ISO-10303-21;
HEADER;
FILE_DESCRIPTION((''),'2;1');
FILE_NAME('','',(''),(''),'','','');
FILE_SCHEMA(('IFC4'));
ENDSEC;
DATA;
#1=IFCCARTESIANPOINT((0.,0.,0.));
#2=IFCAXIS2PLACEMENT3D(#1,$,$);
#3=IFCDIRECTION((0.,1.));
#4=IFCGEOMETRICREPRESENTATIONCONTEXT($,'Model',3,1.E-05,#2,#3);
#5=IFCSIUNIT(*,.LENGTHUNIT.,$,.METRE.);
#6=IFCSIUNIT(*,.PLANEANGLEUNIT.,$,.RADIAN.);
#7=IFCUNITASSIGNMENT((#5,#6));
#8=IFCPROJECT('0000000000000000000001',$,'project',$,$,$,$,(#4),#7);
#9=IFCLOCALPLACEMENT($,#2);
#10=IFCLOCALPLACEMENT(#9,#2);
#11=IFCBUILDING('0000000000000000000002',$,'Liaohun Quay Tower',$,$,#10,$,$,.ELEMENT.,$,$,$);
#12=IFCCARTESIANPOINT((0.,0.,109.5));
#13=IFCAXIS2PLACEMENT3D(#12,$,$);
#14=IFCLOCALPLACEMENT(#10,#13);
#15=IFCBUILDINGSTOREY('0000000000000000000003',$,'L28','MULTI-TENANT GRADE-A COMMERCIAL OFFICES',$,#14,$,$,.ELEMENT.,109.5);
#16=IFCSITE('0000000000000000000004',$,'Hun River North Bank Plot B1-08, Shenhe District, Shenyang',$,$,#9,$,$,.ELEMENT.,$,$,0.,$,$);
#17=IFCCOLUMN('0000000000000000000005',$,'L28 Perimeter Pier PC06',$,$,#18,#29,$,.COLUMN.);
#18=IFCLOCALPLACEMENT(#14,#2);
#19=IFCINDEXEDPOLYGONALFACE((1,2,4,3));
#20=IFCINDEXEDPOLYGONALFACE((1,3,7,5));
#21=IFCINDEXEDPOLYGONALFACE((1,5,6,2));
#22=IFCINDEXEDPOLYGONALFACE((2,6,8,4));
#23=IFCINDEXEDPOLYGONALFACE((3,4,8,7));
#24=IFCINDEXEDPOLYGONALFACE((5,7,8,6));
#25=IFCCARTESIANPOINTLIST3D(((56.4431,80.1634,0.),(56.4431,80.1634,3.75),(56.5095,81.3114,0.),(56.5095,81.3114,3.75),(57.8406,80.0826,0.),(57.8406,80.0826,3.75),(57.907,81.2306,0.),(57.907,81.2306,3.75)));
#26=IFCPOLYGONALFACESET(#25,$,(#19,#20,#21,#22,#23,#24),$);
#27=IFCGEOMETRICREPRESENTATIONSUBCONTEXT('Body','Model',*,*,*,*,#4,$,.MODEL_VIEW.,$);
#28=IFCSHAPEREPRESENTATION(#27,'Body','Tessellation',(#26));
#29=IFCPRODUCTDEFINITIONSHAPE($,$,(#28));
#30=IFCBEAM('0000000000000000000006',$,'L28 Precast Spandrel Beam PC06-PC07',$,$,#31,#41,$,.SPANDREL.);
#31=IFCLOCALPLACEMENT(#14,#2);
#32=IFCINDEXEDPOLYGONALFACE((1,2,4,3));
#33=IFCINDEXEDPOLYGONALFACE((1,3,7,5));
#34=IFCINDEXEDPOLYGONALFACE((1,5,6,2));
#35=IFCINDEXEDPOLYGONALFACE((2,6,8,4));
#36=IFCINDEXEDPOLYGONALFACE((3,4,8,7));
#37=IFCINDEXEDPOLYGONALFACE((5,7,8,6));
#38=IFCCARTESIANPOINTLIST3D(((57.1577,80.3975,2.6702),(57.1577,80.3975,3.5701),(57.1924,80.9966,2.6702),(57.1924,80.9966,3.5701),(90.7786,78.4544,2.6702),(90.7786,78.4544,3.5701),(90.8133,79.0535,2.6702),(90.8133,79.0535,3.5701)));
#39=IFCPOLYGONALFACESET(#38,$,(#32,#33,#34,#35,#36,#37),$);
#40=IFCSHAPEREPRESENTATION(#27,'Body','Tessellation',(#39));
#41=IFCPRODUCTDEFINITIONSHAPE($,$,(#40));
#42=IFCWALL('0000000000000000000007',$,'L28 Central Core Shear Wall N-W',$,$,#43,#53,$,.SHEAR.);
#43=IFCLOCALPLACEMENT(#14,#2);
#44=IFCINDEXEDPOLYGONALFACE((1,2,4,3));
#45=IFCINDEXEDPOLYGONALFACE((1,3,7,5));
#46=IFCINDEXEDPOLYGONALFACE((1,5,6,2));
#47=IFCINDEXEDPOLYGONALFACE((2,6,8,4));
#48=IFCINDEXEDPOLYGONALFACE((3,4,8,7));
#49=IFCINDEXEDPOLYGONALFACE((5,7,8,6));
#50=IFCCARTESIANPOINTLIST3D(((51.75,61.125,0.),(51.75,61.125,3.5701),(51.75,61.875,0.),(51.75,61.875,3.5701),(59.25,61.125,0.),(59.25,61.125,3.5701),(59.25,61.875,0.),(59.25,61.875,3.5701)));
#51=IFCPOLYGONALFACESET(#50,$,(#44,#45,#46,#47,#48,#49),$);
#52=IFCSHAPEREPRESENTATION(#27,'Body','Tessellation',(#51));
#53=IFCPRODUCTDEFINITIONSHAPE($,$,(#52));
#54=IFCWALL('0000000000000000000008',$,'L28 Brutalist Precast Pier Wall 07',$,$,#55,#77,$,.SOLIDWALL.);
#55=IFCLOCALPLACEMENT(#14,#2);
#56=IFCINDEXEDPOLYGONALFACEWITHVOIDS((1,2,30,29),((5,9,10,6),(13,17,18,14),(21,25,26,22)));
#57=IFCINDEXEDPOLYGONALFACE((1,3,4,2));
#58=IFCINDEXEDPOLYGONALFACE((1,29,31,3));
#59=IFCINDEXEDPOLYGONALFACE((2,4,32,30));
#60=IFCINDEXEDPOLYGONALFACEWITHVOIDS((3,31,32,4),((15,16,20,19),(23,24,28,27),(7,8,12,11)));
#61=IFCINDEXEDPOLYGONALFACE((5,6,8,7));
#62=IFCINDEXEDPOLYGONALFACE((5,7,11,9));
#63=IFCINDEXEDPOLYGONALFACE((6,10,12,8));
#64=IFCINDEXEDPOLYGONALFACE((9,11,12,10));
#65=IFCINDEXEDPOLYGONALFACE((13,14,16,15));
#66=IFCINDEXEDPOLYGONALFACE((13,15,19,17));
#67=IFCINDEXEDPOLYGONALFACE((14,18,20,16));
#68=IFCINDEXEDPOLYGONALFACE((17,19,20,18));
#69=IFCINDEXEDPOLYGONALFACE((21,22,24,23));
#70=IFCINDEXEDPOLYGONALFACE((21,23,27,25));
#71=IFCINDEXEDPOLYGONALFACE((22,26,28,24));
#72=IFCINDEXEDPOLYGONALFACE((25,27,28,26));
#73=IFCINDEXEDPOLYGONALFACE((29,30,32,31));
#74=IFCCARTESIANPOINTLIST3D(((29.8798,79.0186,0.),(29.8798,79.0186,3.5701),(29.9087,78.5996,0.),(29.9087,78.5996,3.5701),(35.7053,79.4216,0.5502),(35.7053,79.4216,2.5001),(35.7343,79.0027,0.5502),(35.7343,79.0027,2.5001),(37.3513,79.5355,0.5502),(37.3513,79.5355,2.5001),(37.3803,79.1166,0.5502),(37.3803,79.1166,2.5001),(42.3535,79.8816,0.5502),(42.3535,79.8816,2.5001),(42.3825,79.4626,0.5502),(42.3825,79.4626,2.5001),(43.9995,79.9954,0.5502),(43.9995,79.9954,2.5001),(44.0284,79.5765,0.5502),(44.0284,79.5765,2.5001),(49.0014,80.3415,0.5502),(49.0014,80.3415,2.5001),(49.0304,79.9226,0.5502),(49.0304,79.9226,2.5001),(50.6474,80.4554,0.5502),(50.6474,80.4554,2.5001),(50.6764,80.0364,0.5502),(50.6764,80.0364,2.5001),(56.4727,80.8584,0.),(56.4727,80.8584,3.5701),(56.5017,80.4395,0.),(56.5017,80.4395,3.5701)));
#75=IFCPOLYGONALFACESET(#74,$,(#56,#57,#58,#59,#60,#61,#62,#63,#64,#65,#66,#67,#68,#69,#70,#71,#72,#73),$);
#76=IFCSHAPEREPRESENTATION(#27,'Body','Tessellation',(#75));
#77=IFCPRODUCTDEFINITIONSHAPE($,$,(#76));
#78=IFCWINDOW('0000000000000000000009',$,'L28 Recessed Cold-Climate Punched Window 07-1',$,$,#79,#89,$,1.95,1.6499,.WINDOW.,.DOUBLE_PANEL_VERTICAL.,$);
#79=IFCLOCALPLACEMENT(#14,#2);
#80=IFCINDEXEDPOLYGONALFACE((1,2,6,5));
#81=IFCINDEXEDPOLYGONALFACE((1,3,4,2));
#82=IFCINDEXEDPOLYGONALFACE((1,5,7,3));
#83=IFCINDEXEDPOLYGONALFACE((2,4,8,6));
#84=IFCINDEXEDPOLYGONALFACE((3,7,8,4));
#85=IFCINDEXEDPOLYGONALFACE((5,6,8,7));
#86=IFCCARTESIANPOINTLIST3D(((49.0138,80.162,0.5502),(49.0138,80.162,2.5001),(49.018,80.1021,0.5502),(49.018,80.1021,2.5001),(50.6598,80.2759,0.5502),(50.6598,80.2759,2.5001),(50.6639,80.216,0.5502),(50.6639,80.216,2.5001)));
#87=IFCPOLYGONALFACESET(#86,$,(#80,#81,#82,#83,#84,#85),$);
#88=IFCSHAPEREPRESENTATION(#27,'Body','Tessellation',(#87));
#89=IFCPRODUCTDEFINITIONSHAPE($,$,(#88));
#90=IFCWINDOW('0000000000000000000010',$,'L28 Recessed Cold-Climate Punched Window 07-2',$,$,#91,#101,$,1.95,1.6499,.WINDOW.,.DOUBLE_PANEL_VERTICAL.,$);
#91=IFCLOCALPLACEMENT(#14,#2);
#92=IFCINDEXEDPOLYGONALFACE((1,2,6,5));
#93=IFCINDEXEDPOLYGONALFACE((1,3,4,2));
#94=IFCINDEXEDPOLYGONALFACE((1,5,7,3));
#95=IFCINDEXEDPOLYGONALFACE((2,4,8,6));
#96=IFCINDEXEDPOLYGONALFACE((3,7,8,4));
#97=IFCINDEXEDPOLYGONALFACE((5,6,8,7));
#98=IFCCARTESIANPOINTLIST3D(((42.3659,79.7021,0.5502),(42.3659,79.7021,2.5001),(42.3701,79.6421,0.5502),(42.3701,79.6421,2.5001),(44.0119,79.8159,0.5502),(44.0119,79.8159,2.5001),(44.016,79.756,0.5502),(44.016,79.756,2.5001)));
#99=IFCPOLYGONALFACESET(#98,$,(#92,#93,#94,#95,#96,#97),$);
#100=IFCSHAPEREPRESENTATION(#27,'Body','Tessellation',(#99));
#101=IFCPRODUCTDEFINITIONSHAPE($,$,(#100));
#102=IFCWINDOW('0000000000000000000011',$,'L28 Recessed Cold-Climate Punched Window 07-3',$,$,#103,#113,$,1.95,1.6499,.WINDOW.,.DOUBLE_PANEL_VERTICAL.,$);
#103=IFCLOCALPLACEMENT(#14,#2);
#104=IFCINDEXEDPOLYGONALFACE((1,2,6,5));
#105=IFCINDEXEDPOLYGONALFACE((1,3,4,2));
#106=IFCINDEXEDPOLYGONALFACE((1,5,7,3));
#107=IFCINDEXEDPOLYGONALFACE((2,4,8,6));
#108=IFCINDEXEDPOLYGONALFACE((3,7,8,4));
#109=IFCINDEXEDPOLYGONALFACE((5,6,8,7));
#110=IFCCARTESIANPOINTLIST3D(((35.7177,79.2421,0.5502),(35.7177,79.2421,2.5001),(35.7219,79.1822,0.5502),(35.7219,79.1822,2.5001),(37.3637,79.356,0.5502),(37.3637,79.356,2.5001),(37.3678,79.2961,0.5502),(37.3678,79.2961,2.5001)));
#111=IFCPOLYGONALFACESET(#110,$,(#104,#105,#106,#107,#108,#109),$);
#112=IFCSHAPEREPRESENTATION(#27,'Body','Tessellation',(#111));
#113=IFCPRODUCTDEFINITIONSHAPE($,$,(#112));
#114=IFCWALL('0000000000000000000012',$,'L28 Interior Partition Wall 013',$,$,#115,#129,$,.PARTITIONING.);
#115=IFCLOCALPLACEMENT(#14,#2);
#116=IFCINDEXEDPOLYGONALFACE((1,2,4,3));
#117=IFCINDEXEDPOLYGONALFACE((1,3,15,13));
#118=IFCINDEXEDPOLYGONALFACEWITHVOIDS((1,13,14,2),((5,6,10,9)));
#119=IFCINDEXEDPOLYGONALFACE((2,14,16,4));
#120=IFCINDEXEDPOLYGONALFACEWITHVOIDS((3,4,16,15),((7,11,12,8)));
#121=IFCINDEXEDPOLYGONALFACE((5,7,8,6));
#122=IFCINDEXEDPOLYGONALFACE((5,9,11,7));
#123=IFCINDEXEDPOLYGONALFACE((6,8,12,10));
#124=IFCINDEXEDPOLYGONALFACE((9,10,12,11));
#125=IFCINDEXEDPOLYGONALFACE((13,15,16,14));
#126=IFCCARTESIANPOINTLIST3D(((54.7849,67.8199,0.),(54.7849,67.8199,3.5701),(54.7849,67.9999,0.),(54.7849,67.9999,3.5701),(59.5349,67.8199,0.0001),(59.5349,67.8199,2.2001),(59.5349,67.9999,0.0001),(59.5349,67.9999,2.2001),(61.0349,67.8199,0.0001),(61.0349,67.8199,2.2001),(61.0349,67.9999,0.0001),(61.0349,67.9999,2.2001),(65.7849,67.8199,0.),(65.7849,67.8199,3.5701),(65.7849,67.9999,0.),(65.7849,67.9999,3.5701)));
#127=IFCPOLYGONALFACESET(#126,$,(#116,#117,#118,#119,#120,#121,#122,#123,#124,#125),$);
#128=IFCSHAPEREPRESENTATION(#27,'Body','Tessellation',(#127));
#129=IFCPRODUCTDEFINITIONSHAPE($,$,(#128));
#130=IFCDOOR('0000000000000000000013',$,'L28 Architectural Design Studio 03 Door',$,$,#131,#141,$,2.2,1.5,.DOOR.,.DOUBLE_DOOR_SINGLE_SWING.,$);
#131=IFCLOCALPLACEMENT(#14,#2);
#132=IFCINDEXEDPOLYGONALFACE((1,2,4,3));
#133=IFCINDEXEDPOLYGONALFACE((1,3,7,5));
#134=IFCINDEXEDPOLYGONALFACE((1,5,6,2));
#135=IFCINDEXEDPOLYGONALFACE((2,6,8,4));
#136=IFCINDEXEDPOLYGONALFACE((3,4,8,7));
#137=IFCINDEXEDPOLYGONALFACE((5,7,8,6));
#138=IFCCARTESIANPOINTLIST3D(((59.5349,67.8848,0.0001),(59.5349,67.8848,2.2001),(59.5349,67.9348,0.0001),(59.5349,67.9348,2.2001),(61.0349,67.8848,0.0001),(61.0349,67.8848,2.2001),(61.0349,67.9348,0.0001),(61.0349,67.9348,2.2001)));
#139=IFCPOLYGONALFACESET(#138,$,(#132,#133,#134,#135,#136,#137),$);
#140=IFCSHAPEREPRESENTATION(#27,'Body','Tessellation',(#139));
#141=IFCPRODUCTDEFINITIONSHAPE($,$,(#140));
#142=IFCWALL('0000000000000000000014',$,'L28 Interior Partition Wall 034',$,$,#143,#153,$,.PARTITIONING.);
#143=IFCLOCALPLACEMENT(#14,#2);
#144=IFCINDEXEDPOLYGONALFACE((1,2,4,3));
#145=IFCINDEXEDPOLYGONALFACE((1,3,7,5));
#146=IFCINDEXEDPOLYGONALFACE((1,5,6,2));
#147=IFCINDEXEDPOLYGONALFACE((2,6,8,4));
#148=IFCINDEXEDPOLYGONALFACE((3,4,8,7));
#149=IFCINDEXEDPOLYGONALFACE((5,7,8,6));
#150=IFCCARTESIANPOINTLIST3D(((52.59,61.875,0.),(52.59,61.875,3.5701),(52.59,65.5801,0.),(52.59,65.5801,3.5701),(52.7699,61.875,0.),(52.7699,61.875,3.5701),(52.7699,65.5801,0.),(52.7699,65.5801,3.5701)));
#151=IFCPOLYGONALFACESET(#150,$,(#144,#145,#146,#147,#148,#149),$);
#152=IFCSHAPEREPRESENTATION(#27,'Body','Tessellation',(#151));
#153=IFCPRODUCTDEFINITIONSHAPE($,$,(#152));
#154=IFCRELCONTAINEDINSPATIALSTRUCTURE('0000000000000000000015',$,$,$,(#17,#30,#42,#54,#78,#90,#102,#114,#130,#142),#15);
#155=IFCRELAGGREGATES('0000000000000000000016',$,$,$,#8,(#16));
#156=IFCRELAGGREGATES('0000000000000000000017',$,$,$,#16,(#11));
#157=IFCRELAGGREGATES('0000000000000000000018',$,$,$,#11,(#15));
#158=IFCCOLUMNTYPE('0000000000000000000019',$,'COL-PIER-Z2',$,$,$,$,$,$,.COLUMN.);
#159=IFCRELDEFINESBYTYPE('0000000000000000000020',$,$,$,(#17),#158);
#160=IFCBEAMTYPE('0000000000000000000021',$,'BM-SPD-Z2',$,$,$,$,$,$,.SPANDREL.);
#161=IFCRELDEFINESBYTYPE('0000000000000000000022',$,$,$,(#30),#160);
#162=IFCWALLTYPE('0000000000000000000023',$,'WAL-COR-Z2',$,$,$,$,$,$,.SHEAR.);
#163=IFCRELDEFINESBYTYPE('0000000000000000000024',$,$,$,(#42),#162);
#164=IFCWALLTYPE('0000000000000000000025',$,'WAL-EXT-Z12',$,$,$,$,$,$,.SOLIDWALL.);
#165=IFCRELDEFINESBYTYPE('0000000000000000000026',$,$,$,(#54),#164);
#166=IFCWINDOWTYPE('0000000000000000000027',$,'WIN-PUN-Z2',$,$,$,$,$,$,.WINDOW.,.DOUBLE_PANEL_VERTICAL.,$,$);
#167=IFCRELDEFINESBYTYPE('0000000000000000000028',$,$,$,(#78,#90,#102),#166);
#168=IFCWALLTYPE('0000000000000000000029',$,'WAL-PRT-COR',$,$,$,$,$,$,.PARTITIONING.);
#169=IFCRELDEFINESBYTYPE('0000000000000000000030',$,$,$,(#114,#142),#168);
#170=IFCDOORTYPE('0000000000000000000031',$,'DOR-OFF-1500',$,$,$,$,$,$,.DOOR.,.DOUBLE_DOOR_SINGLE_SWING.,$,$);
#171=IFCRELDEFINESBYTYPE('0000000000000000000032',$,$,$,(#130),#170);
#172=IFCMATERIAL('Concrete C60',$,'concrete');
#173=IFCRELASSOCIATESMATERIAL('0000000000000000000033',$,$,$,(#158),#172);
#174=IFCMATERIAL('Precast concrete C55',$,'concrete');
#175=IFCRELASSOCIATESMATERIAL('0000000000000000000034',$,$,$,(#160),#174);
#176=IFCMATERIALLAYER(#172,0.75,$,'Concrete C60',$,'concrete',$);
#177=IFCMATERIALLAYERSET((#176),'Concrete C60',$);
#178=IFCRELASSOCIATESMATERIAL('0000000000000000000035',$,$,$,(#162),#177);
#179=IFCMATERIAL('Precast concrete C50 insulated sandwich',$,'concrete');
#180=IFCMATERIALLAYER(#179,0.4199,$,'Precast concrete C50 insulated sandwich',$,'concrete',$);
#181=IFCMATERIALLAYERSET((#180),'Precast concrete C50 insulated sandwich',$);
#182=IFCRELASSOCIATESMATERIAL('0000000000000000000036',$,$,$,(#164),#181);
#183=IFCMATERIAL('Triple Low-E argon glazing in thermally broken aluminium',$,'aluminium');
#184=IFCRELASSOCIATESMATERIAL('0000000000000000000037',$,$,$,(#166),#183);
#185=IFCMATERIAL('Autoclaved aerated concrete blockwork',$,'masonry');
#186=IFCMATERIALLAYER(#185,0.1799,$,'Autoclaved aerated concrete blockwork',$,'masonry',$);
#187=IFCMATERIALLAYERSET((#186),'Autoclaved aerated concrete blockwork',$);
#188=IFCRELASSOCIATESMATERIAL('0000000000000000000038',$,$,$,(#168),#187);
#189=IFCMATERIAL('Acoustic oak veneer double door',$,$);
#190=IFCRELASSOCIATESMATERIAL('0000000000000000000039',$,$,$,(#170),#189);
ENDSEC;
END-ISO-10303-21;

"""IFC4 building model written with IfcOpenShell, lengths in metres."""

from ifc_helpers import new_model, si_unit, direction, frame, frame_2d, origin, origin_2d, place, context, subcontext, project, spatial, rectangle, extrude, source, transform, mapped, material, layer, layer_set, material_profile, profile_set, type_object, element, fill, save


model = new_model("IFC4")

# Units and contexts
model_context = context("Model", 3, precision=1e-05, world=origin(), true_north=direction((0.0, 1.0)))
body_context = subcontext(model_context, "Body", "Model", "MODEL_VIEW")
ifc_project = project(units=[si_unit("LENGTHUNIT", "METRE"), si_unit("PLANEANGLEUNIT", "RADIAN")], contexts=[model_context])

# Site, building, storey
site_placement = place(None, origin())
site = spatial("IfcSite", under=ifc_project, at=site_placement, Name="Hun River North Bank Plot B1-08, Shenhe District, Shenyang", CompositionType="ELEMENT", RefElevation=0.0)
building_placement = place(site_placement, origin())
building = spatial("IfcBuilding", under=site, at=building_placement, Name="Liaohun Quay Tower", CompositionType="ELEMENT")
storey_placement = place(building_placement, frame((0.0, 0.0, 109.5)))
storey = spatial("IfcBuildingStorey", under=building, at=storey_placement, Name="L28", Description="MULTI-TENANT GRADE-A COMMERCIAL OFFICES", CompositionType="ELEMENT", Elevation=109.5)

# Column
ifc_material_1 = material(Name="Concrete C60", Category="concrete")
ifc_material_profile_1 = material_profile(ifc_material_1, rectangle(XDim=1.3999, YDim=1.1499, at=origin_2d()), Name="RC1400x1150")
ifc_profile_set_1 = profile_set([ifc_material_profile_1], Name="Concrete C60")
column_type = type_object("IfcColumnType", Name="COL-PIER-Z2", PredefinedType="COLUMN", material=ifc_profile_set_1)
shared_shape_1 = source(origin(), body_context, "Body", "SweptSolid", [
    extrude(rectangle(XDim=1.3999, YDim=1.1499, at=origin_2d()), origin(), (0.0, 0.0, 1.0), 3.75),
])
column_placement = place(storey_placement, frame((57.175, 80.697, 0.0), z_axis=(0.0, 0.0, 1.0), x_axis=(-0.998332, 0.057738, 0.0)))
element("IfcColumn", 1, at=column_placement, inside=storey, type_object=column_type, Name="L28 Perimeter Pier PC06", PredefinedType="COLUMN", context=body_context, shape_type="MappedRepresentation", body=[
    mapped(shared_shape_1, transform((0.0, 0.0, 0.0), x_axis=(1.0, 0.0, 0.0), y_axis=(0.0, 1.0, 0.0), z_axis=(0.0, 0.0, 1.0), scale=1.0)),
])

# Beam
ifc_material_2 = material(Name="Precast concrete C55", Category="concrete")
ifc_material_profile_2 = material_profile(ifc_material_2, rectangle(XDim=0.6001, YDim=0.8999, at=origin_2d()), Name="RC600x900")
ifc_profile_set_2 = profile_set([ifc_material_profile_2], Name="Precast concrete C55")
beam_type = type_object("IfcBeamType", Name="BM-SPD-Z2", PredefinedType="SPANDREL", material=ifc_profile_set_2)
shared_shape_2 = source(origin(), body_context, "Body", "SweptSolid", [
    extrude(rectangle(XDim=0.6001, YDim=0.8999, at=origin_2d()), origin(), (0.0, 0.0, 1.0), 33.677),
])
beam_placement = place(storey_placement, frame((57.175, 80.697, 3.1201), z_axis=(0.998334, -0.057699, 0.0), x_axis=(0.057699, 0.998334, 0.0)))
element("IfcBeam", 2, at=beam_placement, inside=storey, type_object=beam_type, Name="L28 Precast Spandrel Beam PC06-PC07", PredefinedType="SPANDREL", context=body_context, shape_type="MappedRepresentation", body=[
    mapped(shared_shape_2, transform((0.0, 0.0, 0.0), x_axis=(1.0, 0.0, 0.0), y_axis=(0.0, 1.0, 0.0), z_axis=(0.0, 0.0, 1.0), scale=1.0)),
])

# Wall
ifc_layer_1 = layer(ifc_material_1, 0.75, Name="Concrete C60", Category="concrete")
ifc_layer_set_1 = layer_set([ifc_layer_1], Name="Concrete C60")
wall_type_1 = type_object("IfcWallType", Name="WAL-COR-Z2", PredefinedType="SHEAR", material=ifc_layer_set_1)
wall_1_placement = place(storey_placement, frame((51.75, 61.5, 0.0), z_axis=(0.0, 0.0, 1.0), x_axis=(1.0, 0.0, 0.0)))
element("IfcWall", 3, at=wall_1_placement, inside=storey, type_object=wall_type_1, Name="L28 Central Core Shear Wall N-W", PredefinedType="SHEAR", context=body_context, shape_type="SweptSolid", body=[
    extrude(rectangle(XDim=7.5, YDim=0.75, at=frame_2d((3.75, 0.0))), origin(), (0.0, 0.0, 1.0), 3.5701),
])

# Wall, openings, windows
ifc_material_3 = material(Name="Precast concrete C50 insulated sandwich", Category="concrete")
ifc_layer_2 = layer(ifc_material_3, 0.4199, Name="Precast concrete C50 insulated sandwich", Category="concrete")
ifc_layer_set_2 = layer_set([ifc_layer_2], Name="Precast concrete C50 insulated sandwich")
wall_type_2 = type_object("IfcWallType", Name="WAL-EXT-Z12", PredefinedType="SOLIDWALL", material=ifc_layer_set_2)
wall_2_placement = place(storey_placement, frame((56.4871, 80.6489, 0.0), z_axis=(0.0, 0.0, 1.0), x_axis=(-0.997615, -0.06902, 0.0)))
wall_2 = element("IfcWall", 4, at=wall_2_placement, inside=storey, type_object=wall_type_2, Name="L28 Brutalist Precast Pier Wall 07", PredefinedType="SOLIDWALL", context=body_context, shape_type="SweptSolid", body=[
    extrude(rectangle(XDim=26.6565, YDim=0.4199, at=frame_2d((13.3281, 0.0))), origin(), (0.0, 0.0, 1.0), 3.5701),
])
shared_shape_3 = source(origin(), body_context, "Body", "SweptSolid", [
    extrude(rectangle(XDim=1.6499, YDim=1.95, at=frame_2d((0.825, 0.9751))), frame((0.0, 0.22, 0.0), z_axis=(0.0, -1.0, 0.0), x_axis=(1.0, 0.0, 0.0)), (0.0, 0.0, 1.0), 0.4399),
])
opening_1_placement = place(wall_2_placement, frame((5.8391, 0.0, 0.55)))
opening_1 = element("IfcOpeningElement", 5, at=opening_1_placement, cuts=wall_2, PredefinedType="OPENING", context=body_context, shape_type="MappedRepresentation", body=[
    mapped(shared_shape_3, transform((0.0, 0.0, 0.0), x_axis=(1.0, 0.0, 0.0), y_axis=(0.0, 1.0, 0.0), z_axis=(0.0, 0.0, 1.0), scale=1.0)),
])
opening_2_placement = place(wall_2_placement, frame((12.5029, 0.0, 0.55)))
opening_2 = element("IfcOpeningElement", 6, at=opening_2_placement, cuts=wall_2, PredefinedType="OPENING", context=body_context, shape_type="MappedRepresentation", body=[
    mapped(shared_shape_3, transform((0.0, 0.0, 0.0), x_axis=(1.0, 0.0, 0.0), y_axis=(0.0, 1.0, 0.0), z_axis=(0.0, 0.0, 1.0), scale=1.0)),
])
opening_3_placement = place(wall_2_placement, frame((19.167, 0.0, 0.55)))
opening_3 = element("IfcOpeningElement", 7, at=opening_3_placement, cuts=wall_2, PredefinedType="OPENING", context=body_context, shape_type="MappedRepresentation", body=[
    mapped(shared_shape_3, transform((0.0, 0.0, 0.0), x_axis=(1.0, 0.0, 0.0), y_axis=(0.0, 1.0, 0.0), z_axis=(0.0, 0.0, 1.0), scale=1.0)),
])
ifc_material_4 = material(Name="Triple Low-E argon glazing in thermally broken aluminium", Category="aluminium")
window_type = type_object("IfcWindowType", Name="WIN-PUN-Z2", PartitioningType="DOUBLE_PANEL_VERTICAL", PredefinedType="WINDOW", material=ifc_material_4)
shared_shape_4 = source(origin(), body_context, "Body", "SweptSolid", [
    extrude(rectangle(XDim=1.6499, YDim=1.95, at=frame_2d((0.825, 0.9751))), frame((0.0, 0.03, 0.0), z_axis=(0.0, -1.0, 0.0), x_axis=(1.0, 0.0, 0.0)), (0.0, 0.0, 1.0), 0.0601),
])
window_1_placement = place(opening_1_placement, origin())
window_1 = element("IfcWindow", 8, at=window_1_placement, inside=storey, type_object=window_type, Name="L28 Recessed Cold-Climate Punched Window 07-1", OverallHeight=1.95, OverallWidth=1.6499, PartitioningType="DOUBLE_PANEL_VERTICAL", PredefinedType="WINDOW", context=body_context, shape_type="MappedRepresentation", body=[
    mapped(shared_shape_4, transform((0.0, 0.0, 0.0), x_axis=(1.0, 0.0, 0.0), y_axis=(0.0, 1.0, 0.0), z_axis=(0.0, 0.0, 1.0), scale=1.0)),
])
fill(opening_1, window_1)
window_2_placement = place(opening_2_placement, origin())
window_2 = element("IfcWindow", 9, at=window_2_placement, inside=storey, type_object=window_type, Name="L28 Recessed Cold-Climate Punched Window 07-2", OverallHeight=1.95, OverallWidth=1.6499, PartitioningType="DOUBLE_PANEL_VERTICAL", PredefinedType="WINDOW", context=body_context, shape_type="MappedRepresentation", body=[
    mapped(shared_shape_4, transform((0.0, 0.0, 0.0), x_axis=(1.0, 0.0, 0.0), y_axis=(0.0, 1.0, 0.0), z_axis=(0.0, 0.0, 1.0), scale=1.0)),
])
fill(opening_2, window_2)
window_3_placement = place(opening_3_placement, origin())
window_3 = element("IfcWindow", 10, at=window_3_placement, inside=storey, type_object=window_type, Name="L28 Recessed Cold-Climate Punched Window 07-3", OverallHeight=1.95, OverallWidth=1.6499, PartitioningType="DOUBLE_PANEL_VERTICAL", PredefinedType="WINDOW", context=body_context, shape_type="MappedRepresentation", body=[
    mapped(shared_shape_4, transform((0.0, 0.0, 0.0), x_axis=(1.0, 0.0, 0.0), y_axis=(0.0, 1.0, 0.0), z_axis=(0.0, 0.0, 1.0), scale=1.0)),
])
fill(opening_3, window_3)

# Wall, opening, door
ifc_material_5 = material(Name="Autoclaved aerated concrete blockwork", Category="masonry")
ifc_layer_3 = layer(ifc_material_5, 0.1799, Name="Autoclaved aerated concrete blockwork", Category="masonry")
ifc_layer_set_3 = layer_set([ifc_layer_3], Name="Autoclaved aerated concrete blockwork")
wall_type_3 = type_object("IfcWallType", Name="WAL-PRT-COR", PredefinedType="PARTITIONING", material=ifc_layer_set_3)
wall_3_placement = place(storey_placement, frame((54.7849, 67.9099, 0.0), z_axis=(0.0, 0.0, 1.0), x_axis=(1.0, 0.0, 0.0)))
wall_3 = element("IfcWall", 11, at=wall_3_placement, inside=storey, type_object=wall_type_3, Name="L28 Interior Partition Wall 013", PredefinedType="PARTITIONING", context=body_context, shape_type="SweptSolid", body=[
    extrude(rectangle(XDim=11.0, YDim=0.1799, at=frame_2d((5.5, 0.0))), origin(), (0.0, 0.0, 1.0), 3.5701),
])
shared_shape_5 = source(origin(), body_context, "Body", "SweptSolid", [
    extrude(rectangle(XDim=1.5, YDim=2.2, at=frame_2d((0.75, 1.1001))), frame((0.0, 0.0999, 0.0), z_axis=(0.0, -1.0, 0.0), x_axis=(1.0, 0.0, 0.0)), (0.0, 0.0, 1.0), 0.2),
])
opening_4_placement = place(wall_3_placement, frame((4.75, 0.0, 0.0)))
opening_4 = element("IfcOpeningElement", 12, at=opening_4_placement, cuts=wall_3, PredefinedType="OPENING", context=body_context, shape_type="MappedRepresentation", body=[
    mapped(shared_shape_5, transform((0.0, 0.0, 0.0), x_axis=(1.0, 0.0, 0.0), y_axis=(0.0, 1.0, 0.0), z_axis=(0.0, 0.0, 1.0), scale=1.0)),
])
ifc_material_6 = material(Name="Acoustic oak veneer double door")
door_type_1 = type_object("IfcDoorType", Name="DOR-OFF-1500", OperationType="DOUBLE_DOOR_SINGLE_SWING", PredefinedType="DOOR", material=ifc_material_6)
shared_shape_6 = source(origin(), body_context, "Body", "SweptSolid", [
    extrude(rectangle(XDim=1.5, YDim=2.2, at=frame_2d((0.75, 1.1001))), frame((0.0, 0.0249, 0.0), z_axis=(0.0, -1.0, 0.0), x_axis=(1.0, 0.0, 0.0)), (0.0, 0.0, 1.0), 0.05),
])
door_1_placement = place(opening_4_placement, origin())
door_1 = element("IfcDoor", 13, at=door_1_placement, inside=storey, type_object=door_type_1, Name="L28 Architectural Design Studio 03 Door", OperationType="DOUBLE_DOOR_SINGLE_SWING", OverallHeight=2.2, OverallWidth=1.5, PredefinedType="DOOR", context=body_context, shape_type="MappedRepresentation", body=[
    mapped(shared_shape_6, transform((0.0, 0.0, 0.0), x_axis=(1.0, 0.0, 0.0), y_axis=(0.0, 1.0, 0.0), z_axis=(0.0, 0.0, 1.0), scale=1.0)),
])
fill(opening_4, door_1)

# Wall
wall_4_placement = place(storey_placement, frame((52.6799, 61.875, 0.0), z_axis=(0.0, 0.0, 1.0), x_axis=(0.0, 1.0, 0.0)))
element("IfcWall", 14, at=wall_4_placement, inside=storey, type_object=wall_type_3, Name="L28 Interior Partition Wall 034", PredefinedType="PARTITIONING", context=body_context, shape_type="SweptSolid", body=[
    extrude(rectangle(XDim=3.7051, YDim=0.1799, at=frame_2d((1.8525, 0.0))), origin(), (0.0, 0.0, 1.0), 3.5701),
])

save(model, "model.ifc")
